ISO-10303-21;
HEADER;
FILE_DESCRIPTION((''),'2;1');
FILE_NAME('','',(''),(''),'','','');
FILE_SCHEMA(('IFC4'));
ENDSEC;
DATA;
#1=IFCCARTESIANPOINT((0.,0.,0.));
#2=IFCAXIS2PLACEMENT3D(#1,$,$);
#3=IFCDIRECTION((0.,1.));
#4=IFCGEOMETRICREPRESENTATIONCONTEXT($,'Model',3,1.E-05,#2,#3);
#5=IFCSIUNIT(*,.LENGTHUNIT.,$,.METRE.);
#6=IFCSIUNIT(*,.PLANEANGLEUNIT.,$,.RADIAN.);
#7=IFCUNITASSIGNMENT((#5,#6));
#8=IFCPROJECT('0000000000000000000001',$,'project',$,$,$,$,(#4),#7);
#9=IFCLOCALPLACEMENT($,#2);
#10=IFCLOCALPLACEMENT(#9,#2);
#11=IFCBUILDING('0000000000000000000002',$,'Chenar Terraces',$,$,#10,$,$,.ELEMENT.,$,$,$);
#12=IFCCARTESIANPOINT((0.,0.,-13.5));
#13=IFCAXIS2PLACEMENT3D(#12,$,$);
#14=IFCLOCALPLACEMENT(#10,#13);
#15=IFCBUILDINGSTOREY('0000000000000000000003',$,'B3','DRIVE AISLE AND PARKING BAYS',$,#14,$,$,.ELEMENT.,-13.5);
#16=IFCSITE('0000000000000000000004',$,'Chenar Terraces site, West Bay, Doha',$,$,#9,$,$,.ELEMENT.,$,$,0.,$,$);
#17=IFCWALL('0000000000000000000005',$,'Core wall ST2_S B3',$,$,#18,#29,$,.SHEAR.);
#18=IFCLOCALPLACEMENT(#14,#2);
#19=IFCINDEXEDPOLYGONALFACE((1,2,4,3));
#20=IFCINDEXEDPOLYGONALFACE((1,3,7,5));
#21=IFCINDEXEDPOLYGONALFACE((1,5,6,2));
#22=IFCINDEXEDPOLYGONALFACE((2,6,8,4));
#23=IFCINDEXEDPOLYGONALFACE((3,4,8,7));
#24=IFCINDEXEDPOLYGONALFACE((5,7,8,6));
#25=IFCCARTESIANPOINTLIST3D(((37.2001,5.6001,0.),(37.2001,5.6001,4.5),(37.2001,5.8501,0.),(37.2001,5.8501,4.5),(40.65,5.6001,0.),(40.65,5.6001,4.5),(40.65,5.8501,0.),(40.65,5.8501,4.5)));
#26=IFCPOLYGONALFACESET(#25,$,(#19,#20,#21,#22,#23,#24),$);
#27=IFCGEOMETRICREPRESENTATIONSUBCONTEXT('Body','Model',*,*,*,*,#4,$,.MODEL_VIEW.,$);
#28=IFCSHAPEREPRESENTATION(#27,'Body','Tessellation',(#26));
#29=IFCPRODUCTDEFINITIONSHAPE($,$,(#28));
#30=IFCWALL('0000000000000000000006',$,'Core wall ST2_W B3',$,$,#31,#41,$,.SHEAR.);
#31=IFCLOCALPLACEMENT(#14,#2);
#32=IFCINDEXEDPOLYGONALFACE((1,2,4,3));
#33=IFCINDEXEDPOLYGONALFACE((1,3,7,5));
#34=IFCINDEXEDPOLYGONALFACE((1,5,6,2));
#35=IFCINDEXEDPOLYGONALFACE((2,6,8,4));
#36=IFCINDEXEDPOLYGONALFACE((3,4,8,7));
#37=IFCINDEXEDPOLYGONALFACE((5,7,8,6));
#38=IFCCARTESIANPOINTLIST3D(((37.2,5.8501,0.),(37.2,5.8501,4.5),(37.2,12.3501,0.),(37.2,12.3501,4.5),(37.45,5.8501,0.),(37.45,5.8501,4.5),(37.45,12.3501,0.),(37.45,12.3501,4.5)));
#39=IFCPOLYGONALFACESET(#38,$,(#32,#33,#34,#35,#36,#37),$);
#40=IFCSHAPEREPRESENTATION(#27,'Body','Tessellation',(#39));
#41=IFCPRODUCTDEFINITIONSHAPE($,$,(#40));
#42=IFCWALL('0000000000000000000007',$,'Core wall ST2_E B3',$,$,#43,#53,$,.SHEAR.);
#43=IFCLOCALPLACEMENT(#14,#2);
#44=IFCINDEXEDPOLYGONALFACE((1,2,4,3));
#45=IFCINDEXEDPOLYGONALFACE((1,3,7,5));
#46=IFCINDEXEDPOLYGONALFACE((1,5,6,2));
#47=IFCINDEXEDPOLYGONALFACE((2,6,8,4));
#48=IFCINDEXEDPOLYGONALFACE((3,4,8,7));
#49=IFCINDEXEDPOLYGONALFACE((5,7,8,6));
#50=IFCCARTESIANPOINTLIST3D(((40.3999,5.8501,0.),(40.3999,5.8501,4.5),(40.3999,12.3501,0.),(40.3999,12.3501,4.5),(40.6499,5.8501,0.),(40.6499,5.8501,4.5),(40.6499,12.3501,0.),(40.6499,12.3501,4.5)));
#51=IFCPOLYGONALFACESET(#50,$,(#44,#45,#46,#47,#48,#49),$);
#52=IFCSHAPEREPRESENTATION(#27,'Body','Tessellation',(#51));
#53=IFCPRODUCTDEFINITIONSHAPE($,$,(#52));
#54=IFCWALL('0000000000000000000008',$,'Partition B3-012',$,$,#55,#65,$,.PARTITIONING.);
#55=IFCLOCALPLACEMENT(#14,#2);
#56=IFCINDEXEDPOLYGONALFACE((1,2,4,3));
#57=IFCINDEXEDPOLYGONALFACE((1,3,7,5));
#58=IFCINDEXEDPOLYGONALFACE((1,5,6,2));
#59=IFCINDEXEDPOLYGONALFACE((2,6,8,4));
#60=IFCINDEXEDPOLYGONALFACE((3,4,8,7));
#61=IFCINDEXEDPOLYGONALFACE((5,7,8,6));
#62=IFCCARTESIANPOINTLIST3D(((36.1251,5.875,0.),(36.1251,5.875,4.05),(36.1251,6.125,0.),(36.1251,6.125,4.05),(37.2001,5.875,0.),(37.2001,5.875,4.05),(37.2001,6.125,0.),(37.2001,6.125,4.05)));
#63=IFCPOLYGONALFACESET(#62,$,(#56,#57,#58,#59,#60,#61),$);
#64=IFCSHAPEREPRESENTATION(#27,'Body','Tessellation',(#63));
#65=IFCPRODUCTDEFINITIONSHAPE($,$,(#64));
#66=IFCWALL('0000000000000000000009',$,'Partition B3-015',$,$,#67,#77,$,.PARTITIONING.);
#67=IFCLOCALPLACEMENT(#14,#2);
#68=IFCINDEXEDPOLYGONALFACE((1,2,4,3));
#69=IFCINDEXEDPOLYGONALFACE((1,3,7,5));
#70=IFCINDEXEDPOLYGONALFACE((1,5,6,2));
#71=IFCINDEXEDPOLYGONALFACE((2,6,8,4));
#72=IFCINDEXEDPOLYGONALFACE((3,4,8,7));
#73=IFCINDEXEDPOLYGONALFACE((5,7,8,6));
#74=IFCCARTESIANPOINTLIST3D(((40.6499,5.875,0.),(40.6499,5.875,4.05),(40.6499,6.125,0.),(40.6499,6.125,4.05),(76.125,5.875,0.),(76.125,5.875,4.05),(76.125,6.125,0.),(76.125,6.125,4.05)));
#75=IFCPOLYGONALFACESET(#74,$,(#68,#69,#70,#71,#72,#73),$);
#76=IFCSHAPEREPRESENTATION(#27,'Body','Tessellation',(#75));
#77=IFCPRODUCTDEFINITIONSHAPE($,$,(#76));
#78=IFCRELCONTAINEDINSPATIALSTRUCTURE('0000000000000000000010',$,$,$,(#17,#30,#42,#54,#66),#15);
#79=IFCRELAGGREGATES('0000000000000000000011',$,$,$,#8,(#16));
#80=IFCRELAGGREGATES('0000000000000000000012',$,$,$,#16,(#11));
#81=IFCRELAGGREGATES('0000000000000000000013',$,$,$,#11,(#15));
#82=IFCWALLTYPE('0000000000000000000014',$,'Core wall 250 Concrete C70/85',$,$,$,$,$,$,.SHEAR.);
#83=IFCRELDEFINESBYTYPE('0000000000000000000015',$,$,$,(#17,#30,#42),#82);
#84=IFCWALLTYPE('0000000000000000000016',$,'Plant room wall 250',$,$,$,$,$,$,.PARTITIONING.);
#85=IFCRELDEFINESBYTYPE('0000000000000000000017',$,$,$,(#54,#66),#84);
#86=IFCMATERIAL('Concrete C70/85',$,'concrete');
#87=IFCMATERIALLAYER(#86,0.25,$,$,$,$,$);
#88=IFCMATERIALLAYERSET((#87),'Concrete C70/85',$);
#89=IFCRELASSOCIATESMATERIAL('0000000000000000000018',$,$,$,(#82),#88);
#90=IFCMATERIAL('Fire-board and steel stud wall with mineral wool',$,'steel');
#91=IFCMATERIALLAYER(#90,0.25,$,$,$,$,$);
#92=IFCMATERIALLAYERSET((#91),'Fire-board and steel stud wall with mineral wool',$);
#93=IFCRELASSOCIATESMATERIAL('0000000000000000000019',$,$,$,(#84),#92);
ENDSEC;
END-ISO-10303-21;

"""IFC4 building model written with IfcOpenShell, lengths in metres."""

from ifc_helpers import new_model, si_unit, direction, frame, frame_2d, origin, place, context, subcontext, project, spatial, rectangle, extrude, material, layer, layer_set, type_object, element, save


model = new_model("IFC4")

# Units and contexts
model_context = context("Model", 3, precision=1e-05, world=origin(), true_north=direction((0.0, 1.0)))
body_context = subcontext(model_context, "Body", "Model", "MODEL_VIEW")
ifc_project = project(units=[si_unit("LENGTHUNIT", "METRE"), si_unit("PLANEANGLEUNIT", "RADIAN")], contexts=[model_context])

# Site, building, storey
site_placement = place(None, origin())
site = spatial("IfcSite", under=ifc_project, at=site_placement, Name="Chenar Terraces site, West Bay, Doha", CompositionType="ELEMENT", RefElevation=0.0)
building_placement = place(site_placement, origin())
building = spatial("IfcBuilding", under=site, at=building_placement, Name="Chenar Terraces", CompositionType="ELEMENT")
storey_placement = place(building_placement, frame((0.0, 0.0, -13.5)))
storey = spatial("IfcBuildingStorey", under=building, at=storey_placement, Name="B3", Description="DRIVE AISLE AND PARKING BAYS", CompositionType="ELEMENT", Elevation=-13.5)

# Walls
ifc_material_1 = material(Name="Concrete C70/85", Category="concrete")
ifc_layer_1 = layer(ifc_material_1, 0.25)
ifc_layer_set_1 = layer_set([ifc_layer_1], Name="Concrete C70/85")
wall_type_1 = type_object("IfcWallType", Name="Core wall 250 Concrete C70/85", PredefinedType="SHEAR", material=ifc_layer_set_1)
wall_1_placement = place(storey_placement, frame((37.2, 5.7251, 0.0), z_axis=(0.0, 0.0, 1.0), x_axis=(1.0, 0.0, 0.0)))
element("IfcWall", 1, at=wall_1_placement, inside=storey, type_object=wall_type_1, Name="Core wall ST2_S B3", PredefinedType="SHEAR", context=body_context, shape_type="SweptSolid", body=[
    extrude(rectangle(XDim=3.45, YDim=0.25, at=frame_2d((1.7251, 0.0))), origin(), (0.0, 0.0, 1.0), 4.5),
])
for number, where, z_axis, x_axis, name in (
    (2, (37.325, 5.8501, 0.0), (0.0, 0.0, 1.0), (0.0, 1.0, 0.0), "Core wall ST2_W B3"),
    (3, (40.5249, 5.8501, 0.0), (0.0, 0.0, 1.0), (0.0, 1.0, 0.0), "Core wall ST2_E B3"),
):
    element("IfcWall", number, at=place(storey_placement, frame(where, z_axis=z_axis, x_axis=x_axis)), inside=storey, type_object=wall_type_1, Name=name, PredefinedType="SHEAR", context=body_context, shape_type="SweptSolid", body=[
        extrude(rectangle(XDim=6.5, YDim=0.25, at=frame_2d((3.25, 0.0))), origin(), (0.0, 0.0, 1.0), 4.5),
    ])
ifc_material_2 = material(Name="Fire-board and steel stud wall with mineral wool", Category="steel")
ifc_layer_2 = layer(ifc_material_2, 0.25)
ifc_layer_set_2 = layer_set([ifc_layer_2], Name="Fire-board and steel stud wall with mineral wool")
wall_type_2 = type_object("IfcWallType", Name="Plant room wall 250", PredefinedType="PARTITIONING", material=ifc_layer_set_2)
wall_2_placement = place(storey_placement, frame((36.125, 6.0, 0.0), z_axis=(0.0, 0.0, 1.0), x_axis=(1.0, 0.0, 0.0)))
element("IfcWall", 4, at=wall_2_placement, inside=storey, type_object=wall_type_2, Name="Partition B3-012", PredefinedType="PARTITIONING", context=body_context, shape_type="SweptSolid", body=[
    extrude(rectangle(XDim=1.075, YDim=0.25, at=frame_2d((0.5376, 0.0))), origin(), (0.0, 0.0, 1.0), 4.05),
])
wall_3_placement = place(storey_placement, frame((40.6499, 6.0, 0.0), z_axis=(0.0, 0.0, 1.0), x_axis=(1.0, 0.0, 0.0)))
element("IfcWall", 5, at=wall_3_placement, inside=storey, type_object=wall_type_2, Name="Partition B3-015", PredefinedType="PARTITIONING", context=body_context, shape_type="SweptSolid", body=[
    extrude(rectangle(XDim=35.4751, YDim=0.25, at=frame_2d((17.7375, 0.0))), origin(), (0.0, 0.0, 1.0), 4.05),
])

save(model, "model.ifc")
